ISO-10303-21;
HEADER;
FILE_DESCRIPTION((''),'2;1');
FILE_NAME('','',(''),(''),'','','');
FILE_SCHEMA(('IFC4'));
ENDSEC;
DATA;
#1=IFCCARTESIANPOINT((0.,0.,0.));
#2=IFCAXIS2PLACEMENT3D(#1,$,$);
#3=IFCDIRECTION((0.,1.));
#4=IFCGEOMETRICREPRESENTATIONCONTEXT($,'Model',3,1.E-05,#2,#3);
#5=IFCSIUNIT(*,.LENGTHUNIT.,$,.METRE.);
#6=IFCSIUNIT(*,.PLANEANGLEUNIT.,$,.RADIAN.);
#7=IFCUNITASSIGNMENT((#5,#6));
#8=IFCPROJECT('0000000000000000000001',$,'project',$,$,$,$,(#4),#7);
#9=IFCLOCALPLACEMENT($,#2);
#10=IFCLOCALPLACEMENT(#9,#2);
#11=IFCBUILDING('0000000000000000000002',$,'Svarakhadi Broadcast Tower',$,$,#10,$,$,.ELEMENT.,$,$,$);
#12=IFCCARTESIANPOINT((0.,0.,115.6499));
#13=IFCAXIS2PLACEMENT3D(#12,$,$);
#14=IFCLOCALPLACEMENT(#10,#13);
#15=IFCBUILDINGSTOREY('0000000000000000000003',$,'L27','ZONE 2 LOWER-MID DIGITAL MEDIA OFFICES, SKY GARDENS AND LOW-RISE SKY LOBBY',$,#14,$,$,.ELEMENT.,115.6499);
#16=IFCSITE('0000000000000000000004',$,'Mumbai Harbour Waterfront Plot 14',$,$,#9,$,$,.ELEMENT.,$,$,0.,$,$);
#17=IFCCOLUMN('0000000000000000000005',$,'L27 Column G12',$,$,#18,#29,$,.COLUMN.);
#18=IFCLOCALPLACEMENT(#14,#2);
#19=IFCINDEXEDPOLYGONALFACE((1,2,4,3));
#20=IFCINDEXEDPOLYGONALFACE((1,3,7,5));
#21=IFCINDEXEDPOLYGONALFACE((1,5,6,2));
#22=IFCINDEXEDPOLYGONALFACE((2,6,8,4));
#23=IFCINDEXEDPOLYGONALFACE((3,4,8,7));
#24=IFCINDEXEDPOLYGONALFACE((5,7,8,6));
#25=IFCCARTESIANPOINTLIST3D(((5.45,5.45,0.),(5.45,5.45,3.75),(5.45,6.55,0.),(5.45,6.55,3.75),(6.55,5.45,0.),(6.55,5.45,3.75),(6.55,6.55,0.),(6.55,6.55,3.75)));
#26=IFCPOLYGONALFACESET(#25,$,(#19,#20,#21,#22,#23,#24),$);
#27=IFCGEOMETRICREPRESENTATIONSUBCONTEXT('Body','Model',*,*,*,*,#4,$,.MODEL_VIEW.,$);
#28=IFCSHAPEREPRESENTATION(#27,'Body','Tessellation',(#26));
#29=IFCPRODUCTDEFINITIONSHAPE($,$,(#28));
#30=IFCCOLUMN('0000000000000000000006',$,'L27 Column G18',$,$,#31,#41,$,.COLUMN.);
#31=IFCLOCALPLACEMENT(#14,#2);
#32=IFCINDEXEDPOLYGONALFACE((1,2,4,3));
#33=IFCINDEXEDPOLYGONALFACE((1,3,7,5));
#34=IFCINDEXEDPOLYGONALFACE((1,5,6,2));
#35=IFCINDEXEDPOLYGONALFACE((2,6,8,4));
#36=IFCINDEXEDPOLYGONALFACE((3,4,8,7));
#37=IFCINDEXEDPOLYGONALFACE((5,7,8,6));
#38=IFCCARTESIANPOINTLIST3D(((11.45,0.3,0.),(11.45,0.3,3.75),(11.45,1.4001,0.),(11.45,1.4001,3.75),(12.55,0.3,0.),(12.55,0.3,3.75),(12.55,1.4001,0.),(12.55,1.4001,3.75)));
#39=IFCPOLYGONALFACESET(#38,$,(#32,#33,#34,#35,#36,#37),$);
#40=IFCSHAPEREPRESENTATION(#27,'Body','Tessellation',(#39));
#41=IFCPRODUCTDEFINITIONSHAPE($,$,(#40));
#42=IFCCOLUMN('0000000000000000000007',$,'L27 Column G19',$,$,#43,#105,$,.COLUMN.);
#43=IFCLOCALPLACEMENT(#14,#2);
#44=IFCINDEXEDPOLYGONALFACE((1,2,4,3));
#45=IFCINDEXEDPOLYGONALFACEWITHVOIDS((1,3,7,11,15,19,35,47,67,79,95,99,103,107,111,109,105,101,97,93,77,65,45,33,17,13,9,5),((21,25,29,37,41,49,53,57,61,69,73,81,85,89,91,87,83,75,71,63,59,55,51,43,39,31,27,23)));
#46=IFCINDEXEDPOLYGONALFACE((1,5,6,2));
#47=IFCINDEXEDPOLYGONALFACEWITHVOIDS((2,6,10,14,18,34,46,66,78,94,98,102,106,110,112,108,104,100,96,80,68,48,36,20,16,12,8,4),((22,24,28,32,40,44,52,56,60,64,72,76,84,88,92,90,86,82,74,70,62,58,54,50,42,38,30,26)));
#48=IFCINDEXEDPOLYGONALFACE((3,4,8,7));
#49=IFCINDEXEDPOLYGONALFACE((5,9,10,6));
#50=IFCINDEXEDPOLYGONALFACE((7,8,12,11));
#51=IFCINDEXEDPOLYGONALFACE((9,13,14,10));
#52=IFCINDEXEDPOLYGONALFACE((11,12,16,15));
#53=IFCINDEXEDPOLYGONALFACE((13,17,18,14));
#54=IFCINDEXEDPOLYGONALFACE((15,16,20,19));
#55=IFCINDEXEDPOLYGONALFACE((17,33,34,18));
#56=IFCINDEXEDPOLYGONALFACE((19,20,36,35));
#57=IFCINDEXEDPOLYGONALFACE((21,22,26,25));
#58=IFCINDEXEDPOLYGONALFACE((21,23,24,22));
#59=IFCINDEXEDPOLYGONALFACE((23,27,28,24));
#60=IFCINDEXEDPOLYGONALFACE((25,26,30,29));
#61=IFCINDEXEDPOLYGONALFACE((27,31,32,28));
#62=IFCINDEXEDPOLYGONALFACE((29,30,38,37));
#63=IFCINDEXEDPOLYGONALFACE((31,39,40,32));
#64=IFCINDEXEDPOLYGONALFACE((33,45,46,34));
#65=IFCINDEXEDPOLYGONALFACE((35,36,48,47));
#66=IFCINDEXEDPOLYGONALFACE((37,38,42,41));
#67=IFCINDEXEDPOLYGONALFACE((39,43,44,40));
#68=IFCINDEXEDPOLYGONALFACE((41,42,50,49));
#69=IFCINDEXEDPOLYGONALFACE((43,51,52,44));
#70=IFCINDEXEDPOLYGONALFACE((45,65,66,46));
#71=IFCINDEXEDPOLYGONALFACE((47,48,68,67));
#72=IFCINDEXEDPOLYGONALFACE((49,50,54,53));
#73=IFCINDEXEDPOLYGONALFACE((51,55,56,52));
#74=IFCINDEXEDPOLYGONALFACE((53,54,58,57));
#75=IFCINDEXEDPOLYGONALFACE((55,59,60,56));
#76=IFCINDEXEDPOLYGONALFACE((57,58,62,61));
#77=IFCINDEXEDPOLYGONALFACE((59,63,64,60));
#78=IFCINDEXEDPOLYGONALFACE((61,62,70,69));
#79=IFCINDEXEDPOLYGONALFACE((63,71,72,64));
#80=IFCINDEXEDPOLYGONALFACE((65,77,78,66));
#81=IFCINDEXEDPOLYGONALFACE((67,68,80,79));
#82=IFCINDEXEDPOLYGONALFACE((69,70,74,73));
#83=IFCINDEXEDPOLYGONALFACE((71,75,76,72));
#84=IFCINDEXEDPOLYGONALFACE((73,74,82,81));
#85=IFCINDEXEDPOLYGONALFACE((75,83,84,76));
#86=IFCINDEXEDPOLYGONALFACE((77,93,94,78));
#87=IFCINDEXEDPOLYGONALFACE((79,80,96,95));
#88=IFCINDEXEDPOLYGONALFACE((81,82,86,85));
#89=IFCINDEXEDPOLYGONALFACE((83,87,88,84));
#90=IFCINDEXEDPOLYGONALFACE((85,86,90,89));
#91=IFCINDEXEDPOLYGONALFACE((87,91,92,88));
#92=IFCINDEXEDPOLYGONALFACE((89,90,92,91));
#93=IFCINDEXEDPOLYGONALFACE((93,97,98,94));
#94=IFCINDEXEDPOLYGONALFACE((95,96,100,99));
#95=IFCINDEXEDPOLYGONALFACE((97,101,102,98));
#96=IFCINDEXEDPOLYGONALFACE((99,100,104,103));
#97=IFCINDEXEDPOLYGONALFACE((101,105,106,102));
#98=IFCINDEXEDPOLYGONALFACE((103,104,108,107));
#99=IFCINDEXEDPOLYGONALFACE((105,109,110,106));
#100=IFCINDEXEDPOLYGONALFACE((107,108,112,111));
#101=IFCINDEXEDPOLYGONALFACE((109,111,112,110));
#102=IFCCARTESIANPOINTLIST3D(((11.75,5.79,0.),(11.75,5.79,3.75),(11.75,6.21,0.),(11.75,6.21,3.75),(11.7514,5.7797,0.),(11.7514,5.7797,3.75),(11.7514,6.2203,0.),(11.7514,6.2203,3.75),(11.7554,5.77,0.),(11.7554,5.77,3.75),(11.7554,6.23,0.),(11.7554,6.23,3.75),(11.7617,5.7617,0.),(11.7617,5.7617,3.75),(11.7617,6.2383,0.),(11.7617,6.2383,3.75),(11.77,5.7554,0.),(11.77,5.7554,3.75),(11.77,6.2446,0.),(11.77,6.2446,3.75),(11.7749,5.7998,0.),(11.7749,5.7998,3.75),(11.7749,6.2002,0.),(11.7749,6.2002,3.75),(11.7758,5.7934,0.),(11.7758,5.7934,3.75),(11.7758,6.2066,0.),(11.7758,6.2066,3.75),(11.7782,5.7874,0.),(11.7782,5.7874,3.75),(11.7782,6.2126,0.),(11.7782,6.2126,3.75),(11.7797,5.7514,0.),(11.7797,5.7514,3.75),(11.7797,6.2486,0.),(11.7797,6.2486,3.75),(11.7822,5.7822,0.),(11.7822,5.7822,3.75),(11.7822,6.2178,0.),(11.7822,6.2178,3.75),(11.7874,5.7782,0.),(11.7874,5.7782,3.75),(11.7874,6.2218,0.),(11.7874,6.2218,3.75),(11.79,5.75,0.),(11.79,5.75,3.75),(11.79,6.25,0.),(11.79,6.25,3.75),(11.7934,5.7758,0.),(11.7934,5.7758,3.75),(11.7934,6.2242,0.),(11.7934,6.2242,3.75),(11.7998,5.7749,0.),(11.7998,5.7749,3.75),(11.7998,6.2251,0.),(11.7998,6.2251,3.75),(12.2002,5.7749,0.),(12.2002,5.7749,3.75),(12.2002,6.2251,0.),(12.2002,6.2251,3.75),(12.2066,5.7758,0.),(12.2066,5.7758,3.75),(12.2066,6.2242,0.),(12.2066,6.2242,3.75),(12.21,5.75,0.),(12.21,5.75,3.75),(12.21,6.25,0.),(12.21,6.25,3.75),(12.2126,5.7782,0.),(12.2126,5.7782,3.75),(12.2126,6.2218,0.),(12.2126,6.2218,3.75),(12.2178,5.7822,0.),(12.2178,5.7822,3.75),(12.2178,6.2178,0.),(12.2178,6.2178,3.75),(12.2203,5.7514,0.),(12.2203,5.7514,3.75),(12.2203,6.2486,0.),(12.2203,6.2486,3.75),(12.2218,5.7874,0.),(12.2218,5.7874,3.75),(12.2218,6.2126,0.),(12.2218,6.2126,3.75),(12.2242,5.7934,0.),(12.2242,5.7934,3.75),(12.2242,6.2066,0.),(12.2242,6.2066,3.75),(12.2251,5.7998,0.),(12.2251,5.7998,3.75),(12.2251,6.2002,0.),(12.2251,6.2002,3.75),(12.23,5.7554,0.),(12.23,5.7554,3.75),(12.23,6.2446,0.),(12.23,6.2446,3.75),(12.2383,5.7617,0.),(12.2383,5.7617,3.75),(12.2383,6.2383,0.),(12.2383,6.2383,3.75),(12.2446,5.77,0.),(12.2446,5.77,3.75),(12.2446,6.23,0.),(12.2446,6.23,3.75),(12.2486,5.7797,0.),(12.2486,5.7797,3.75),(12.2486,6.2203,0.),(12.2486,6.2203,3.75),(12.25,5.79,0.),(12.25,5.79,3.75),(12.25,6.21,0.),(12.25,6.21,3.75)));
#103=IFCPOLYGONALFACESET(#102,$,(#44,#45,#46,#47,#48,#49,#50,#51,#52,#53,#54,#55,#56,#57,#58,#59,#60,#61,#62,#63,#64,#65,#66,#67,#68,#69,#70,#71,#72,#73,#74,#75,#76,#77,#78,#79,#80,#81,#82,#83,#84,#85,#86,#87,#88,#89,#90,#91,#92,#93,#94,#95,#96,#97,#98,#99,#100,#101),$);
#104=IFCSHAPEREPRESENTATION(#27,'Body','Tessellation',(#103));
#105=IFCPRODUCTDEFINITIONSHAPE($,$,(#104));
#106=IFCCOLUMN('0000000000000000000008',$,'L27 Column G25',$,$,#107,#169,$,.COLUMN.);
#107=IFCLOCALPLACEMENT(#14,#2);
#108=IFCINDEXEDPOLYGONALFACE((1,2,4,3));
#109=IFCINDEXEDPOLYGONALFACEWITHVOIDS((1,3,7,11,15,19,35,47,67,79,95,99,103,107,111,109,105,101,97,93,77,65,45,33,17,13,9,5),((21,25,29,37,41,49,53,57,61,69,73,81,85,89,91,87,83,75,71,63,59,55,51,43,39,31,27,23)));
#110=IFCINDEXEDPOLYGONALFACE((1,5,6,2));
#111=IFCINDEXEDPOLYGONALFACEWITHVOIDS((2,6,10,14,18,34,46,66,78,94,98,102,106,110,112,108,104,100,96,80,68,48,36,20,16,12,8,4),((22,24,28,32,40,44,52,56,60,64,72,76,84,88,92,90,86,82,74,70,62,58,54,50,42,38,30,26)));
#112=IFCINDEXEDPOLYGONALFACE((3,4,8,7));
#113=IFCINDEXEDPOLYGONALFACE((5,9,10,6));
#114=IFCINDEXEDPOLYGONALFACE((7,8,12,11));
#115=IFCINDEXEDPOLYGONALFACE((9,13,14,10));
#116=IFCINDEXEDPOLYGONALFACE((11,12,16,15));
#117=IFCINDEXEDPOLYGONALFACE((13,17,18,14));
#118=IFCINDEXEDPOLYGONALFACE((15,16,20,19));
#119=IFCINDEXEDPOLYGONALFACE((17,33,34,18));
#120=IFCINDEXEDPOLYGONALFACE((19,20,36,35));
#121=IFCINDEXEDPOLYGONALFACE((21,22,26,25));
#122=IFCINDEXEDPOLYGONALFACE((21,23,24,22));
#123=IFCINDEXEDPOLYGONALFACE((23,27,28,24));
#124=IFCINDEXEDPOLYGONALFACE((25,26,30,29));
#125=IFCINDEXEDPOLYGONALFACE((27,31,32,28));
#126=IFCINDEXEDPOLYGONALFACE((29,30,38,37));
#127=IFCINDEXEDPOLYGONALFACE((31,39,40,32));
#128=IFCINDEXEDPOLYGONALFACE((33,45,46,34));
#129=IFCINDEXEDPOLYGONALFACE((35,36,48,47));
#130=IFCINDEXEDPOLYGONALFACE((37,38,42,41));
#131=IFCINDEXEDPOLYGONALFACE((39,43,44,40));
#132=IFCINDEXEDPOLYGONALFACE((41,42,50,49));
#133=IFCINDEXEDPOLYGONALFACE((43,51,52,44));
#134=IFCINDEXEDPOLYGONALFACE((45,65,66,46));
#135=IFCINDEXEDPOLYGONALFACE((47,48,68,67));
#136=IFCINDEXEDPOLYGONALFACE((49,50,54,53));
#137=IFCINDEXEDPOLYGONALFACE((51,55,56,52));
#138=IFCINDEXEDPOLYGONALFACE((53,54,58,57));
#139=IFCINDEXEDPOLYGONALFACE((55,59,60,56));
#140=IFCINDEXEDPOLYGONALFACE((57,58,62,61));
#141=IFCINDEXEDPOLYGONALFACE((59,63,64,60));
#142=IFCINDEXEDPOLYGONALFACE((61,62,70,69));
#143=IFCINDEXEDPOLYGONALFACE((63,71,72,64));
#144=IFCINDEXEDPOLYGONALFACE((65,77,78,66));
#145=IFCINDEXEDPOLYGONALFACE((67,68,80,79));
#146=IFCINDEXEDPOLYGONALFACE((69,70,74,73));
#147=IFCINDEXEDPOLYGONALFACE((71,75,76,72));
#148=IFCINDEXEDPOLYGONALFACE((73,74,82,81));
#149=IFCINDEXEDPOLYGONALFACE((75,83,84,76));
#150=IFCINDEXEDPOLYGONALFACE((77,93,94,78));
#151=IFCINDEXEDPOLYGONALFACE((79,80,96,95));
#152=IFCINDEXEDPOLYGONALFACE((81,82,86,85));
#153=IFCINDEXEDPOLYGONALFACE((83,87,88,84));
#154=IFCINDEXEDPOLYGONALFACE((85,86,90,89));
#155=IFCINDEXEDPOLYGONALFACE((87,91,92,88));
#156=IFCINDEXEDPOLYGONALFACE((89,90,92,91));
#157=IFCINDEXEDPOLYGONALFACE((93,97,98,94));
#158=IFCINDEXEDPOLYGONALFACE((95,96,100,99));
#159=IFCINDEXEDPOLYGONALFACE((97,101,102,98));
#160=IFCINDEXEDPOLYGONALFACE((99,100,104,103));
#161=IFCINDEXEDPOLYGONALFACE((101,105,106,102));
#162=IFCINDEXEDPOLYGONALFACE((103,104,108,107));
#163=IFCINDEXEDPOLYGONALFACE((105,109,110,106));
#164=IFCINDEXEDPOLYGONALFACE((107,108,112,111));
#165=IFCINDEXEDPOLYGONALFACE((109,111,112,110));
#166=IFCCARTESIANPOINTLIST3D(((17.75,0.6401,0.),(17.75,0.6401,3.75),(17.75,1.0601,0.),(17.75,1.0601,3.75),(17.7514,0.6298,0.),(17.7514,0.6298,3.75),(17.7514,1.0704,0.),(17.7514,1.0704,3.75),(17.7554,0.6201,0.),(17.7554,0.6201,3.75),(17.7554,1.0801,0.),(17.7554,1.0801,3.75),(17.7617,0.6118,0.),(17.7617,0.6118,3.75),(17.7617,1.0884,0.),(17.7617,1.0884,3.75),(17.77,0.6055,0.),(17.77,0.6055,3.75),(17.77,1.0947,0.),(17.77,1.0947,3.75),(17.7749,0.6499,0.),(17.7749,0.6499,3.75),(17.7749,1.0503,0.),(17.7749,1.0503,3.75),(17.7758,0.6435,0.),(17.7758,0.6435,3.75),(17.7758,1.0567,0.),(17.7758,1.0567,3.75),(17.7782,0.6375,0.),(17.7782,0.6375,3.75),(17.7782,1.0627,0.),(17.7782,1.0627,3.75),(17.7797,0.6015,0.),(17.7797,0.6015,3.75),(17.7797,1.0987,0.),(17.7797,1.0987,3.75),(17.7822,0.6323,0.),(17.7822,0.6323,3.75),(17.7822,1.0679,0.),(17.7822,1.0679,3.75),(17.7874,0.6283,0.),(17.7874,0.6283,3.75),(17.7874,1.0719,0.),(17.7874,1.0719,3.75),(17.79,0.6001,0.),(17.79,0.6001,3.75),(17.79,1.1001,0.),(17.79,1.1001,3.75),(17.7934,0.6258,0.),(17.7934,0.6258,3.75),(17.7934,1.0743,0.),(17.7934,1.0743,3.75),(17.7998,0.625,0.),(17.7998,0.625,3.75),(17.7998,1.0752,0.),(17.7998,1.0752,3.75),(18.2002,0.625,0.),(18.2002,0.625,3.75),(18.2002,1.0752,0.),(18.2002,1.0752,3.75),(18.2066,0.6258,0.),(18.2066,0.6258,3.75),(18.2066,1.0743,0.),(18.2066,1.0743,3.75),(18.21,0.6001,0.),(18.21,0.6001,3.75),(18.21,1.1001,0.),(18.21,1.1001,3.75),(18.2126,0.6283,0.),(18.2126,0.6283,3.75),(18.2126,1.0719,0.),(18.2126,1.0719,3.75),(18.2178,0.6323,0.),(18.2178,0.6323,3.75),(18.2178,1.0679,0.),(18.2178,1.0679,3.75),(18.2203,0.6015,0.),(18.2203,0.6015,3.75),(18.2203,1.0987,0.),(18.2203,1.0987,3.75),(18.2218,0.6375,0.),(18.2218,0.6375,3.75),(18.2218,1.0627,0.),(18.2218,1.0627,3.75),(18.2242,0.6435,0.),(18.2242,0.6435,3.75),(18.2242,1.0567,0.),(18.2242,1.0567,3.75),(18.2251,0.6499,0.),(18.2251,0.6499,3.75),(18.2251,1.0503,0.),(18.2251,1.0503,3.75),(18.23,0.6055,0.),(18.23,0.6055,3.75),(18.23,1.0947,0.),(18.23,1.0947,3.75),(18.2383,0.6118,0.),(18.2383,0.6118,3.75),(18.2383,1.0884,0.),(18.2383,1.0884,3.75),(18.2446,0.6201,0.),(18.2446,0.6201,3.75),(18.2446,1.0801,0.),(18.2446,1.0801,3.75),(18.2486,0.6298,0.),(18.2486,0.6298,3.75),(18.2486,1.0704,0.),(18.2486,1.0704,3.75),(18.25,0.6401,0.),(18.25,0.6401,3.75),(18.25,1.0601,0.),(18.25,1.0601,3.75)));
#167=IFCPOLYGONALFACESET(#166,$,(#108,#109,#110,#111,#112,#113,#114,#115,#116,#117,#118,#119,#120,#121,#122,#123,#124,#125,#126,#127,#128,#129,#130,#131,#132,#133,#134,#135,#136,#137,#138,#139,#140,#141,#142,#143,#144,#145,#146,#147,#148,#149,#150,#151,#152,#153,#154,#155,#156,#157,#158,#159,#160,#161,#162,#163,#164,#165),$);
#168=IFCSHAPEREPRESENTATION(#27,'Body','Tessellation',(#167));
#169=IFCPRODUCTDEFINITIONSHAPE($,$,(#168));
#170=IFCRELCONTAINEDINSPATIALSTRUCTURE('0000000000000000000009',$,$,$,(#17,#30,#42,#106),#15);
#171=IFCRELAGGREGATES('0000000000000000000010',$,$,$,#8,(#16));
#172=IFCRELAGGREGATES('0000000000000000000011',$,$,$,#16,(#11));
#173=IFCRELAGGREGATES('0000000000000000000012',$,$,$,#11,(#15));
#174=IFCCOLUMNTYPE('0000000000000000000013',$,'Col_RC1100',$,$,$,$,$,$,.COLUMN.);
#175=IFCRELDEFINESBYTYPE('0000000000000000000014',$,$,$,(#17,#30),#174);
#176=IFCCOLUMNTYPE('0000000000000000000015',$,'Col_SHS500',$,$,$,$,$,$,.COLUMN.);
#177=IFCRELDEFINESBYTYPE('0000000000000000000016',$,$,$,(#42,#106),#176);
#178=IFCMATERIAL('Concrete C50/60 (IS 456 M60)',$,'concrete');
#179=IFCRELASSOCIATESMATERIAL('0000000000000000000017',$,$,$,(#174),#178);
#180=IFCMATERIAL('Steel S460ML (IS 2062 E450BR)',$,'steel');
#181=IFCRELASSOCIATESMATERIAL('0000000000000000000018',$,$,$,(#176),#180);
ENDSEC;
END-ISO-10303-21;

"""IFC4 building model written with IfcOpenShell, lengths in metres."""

from ifc_helpers import new_model, si_unit, direction, frame, origin, origin_2d, place, context, subcontext, project, spatial, rectangle, hollow_rectangle, extrude, material, material_profile, profile_set, type_object, element, save


model = new_model("IFC4")

# Units and contexts
model_context = context("Model", 3, precision=1e-05, world=origin(), true_north=direction((0.0, 1.0)))
body_context = subcontext(model_context, "Body", "Model", "MODEL_VIEW")
ifc_project = project(units=[si_unit("LENGTHUNIT", "METRE"), si_unit("PLANEANGLEUNIT", "RADIAN")], contexts=[model_context])

# Site, building, storey
site_placement = place(None, origin())
site = spatial("IfcSite", under=ifc_project, at=site_placement, Name="Mumbai Harbour Waterfront Plot 14", CompositionType="ELEMENT", RefElevation=0.0)
building_placement = place(site_placement, origin())
building = spatial("IfcBuilding", under=site, at=building_placement, Name="Svarakhadi Broadcast Tower", CompositionType="ELEMENT")
storey_placement = place(building_placement, frame((0.0, 0.0, 115.6499)))
storey = spatial("IfcBuildingStorey", under=building, at=storey_placement, Name="L27", Description="ZONE 2 LOWER-MID DIGITAL MEDIA OFFICES, SKY GARDENS AND LOW-RISE SKY LOBBY", CompositionType="ELEMENT", Elevation=115.6499)

# Columns
ifc_material_1 = material(Name="Concrete C50/60 (IS 456 M60)", Category="concrete")
ifc_material_profile_1 = material_profile(ifc_material_1, rectangle(XDim=1.1001, YDim=1.1001, at=origin_2d()), Name="RC 1100x1100")
ifc_profile_set_1 = profile_set([ifc_material_profile_1], Name="Concrete C50/60 (IS 456 M60)")
column_type_1 = type_object("IfcColumnType", Name="Col_RC1100", PredefinedType="COLUMN", material=ifc_profile_set_1)
for number, where, z_axis, x_axis, name in (
    (1, (6.0, 6.0, 0.0), (0.0, 0.0, 1.0), (1.0, 0.0, 0.0), "L27 Column G12"),
    (2, (12.0, 0.8501, 0.0), (0.0, 0.0, 1.0), (1.0, 0.0, 0.0), "L27 Column G18"),
):
    element("IfcColumn", number, at=place(storey_placement, frame(where, z_axis=z_axis, x_axis=x_axis)), inside=storey, type_object=column_type_1, Name=name, PredefinedType="COLUMN", context=body_context, shape_type="SweptSolid", body=[
        extrude(rectangle(XDim=1.1001, YDim=1.1001, at=origin_2d()), origin(), (0.0, 0.0, 1.0), 3.75),
    ])
ifc_material_2 = material(Name="Steel S460ML (IS 2062 E450BR)", Category="steel")
ifc_material_profile_2 = material_profile(ifc_material_2, hollow_rectangle(XDim=0.5, YDim=0.5, WallThickness=0.0249, InnerFilletRadius=0.0249, OuterFilletRadius=0.04, at=origin_2d()), Name="SHS 500x500x25")
ifc_profile_set_2 = profile_set([ifc_material_profile_2], Name="Steel S460ML (IS 2062 E450BR)")
column_type_2 = type_object("IfcColumnType", Name="Col_SHS500", PredefinedType="COLUMN", material=ifc_profile_set_2)
for number, where, z_axis, x_axis, name in (
    (3, (12.0, 6.0, 0.0), (0.0, 0.0, 1.0), (1.0, 0.0, 0.0), "L27 Column G19"),
    (4, (18.0, 0.8501, 0.0), (0.0, 0.0, 1.0), (1.0, 0.0, 0.0), "L27 Column G25"),
):
    element("IfcColumn", number, at=place(storey_placement, frame(where, z_axis=z_axis, x_axis=x_axis)), inside=storey, type_object=column_type_2, Name=name, PredefinedType="COLUMN", context=body_context, shape_type="SweptSolid", body=[
        extrude(hollow_rectangle(XDim=0.5, YDim=0.5, WallThickness=0.0249, InnerFilletRadius=0.0249, OuterFilletRadius=0.04, at=origin_2d()), origin(), (0.0, 0.0, 1.0), 3.75),
    ])

save(model, "model.ifc")
